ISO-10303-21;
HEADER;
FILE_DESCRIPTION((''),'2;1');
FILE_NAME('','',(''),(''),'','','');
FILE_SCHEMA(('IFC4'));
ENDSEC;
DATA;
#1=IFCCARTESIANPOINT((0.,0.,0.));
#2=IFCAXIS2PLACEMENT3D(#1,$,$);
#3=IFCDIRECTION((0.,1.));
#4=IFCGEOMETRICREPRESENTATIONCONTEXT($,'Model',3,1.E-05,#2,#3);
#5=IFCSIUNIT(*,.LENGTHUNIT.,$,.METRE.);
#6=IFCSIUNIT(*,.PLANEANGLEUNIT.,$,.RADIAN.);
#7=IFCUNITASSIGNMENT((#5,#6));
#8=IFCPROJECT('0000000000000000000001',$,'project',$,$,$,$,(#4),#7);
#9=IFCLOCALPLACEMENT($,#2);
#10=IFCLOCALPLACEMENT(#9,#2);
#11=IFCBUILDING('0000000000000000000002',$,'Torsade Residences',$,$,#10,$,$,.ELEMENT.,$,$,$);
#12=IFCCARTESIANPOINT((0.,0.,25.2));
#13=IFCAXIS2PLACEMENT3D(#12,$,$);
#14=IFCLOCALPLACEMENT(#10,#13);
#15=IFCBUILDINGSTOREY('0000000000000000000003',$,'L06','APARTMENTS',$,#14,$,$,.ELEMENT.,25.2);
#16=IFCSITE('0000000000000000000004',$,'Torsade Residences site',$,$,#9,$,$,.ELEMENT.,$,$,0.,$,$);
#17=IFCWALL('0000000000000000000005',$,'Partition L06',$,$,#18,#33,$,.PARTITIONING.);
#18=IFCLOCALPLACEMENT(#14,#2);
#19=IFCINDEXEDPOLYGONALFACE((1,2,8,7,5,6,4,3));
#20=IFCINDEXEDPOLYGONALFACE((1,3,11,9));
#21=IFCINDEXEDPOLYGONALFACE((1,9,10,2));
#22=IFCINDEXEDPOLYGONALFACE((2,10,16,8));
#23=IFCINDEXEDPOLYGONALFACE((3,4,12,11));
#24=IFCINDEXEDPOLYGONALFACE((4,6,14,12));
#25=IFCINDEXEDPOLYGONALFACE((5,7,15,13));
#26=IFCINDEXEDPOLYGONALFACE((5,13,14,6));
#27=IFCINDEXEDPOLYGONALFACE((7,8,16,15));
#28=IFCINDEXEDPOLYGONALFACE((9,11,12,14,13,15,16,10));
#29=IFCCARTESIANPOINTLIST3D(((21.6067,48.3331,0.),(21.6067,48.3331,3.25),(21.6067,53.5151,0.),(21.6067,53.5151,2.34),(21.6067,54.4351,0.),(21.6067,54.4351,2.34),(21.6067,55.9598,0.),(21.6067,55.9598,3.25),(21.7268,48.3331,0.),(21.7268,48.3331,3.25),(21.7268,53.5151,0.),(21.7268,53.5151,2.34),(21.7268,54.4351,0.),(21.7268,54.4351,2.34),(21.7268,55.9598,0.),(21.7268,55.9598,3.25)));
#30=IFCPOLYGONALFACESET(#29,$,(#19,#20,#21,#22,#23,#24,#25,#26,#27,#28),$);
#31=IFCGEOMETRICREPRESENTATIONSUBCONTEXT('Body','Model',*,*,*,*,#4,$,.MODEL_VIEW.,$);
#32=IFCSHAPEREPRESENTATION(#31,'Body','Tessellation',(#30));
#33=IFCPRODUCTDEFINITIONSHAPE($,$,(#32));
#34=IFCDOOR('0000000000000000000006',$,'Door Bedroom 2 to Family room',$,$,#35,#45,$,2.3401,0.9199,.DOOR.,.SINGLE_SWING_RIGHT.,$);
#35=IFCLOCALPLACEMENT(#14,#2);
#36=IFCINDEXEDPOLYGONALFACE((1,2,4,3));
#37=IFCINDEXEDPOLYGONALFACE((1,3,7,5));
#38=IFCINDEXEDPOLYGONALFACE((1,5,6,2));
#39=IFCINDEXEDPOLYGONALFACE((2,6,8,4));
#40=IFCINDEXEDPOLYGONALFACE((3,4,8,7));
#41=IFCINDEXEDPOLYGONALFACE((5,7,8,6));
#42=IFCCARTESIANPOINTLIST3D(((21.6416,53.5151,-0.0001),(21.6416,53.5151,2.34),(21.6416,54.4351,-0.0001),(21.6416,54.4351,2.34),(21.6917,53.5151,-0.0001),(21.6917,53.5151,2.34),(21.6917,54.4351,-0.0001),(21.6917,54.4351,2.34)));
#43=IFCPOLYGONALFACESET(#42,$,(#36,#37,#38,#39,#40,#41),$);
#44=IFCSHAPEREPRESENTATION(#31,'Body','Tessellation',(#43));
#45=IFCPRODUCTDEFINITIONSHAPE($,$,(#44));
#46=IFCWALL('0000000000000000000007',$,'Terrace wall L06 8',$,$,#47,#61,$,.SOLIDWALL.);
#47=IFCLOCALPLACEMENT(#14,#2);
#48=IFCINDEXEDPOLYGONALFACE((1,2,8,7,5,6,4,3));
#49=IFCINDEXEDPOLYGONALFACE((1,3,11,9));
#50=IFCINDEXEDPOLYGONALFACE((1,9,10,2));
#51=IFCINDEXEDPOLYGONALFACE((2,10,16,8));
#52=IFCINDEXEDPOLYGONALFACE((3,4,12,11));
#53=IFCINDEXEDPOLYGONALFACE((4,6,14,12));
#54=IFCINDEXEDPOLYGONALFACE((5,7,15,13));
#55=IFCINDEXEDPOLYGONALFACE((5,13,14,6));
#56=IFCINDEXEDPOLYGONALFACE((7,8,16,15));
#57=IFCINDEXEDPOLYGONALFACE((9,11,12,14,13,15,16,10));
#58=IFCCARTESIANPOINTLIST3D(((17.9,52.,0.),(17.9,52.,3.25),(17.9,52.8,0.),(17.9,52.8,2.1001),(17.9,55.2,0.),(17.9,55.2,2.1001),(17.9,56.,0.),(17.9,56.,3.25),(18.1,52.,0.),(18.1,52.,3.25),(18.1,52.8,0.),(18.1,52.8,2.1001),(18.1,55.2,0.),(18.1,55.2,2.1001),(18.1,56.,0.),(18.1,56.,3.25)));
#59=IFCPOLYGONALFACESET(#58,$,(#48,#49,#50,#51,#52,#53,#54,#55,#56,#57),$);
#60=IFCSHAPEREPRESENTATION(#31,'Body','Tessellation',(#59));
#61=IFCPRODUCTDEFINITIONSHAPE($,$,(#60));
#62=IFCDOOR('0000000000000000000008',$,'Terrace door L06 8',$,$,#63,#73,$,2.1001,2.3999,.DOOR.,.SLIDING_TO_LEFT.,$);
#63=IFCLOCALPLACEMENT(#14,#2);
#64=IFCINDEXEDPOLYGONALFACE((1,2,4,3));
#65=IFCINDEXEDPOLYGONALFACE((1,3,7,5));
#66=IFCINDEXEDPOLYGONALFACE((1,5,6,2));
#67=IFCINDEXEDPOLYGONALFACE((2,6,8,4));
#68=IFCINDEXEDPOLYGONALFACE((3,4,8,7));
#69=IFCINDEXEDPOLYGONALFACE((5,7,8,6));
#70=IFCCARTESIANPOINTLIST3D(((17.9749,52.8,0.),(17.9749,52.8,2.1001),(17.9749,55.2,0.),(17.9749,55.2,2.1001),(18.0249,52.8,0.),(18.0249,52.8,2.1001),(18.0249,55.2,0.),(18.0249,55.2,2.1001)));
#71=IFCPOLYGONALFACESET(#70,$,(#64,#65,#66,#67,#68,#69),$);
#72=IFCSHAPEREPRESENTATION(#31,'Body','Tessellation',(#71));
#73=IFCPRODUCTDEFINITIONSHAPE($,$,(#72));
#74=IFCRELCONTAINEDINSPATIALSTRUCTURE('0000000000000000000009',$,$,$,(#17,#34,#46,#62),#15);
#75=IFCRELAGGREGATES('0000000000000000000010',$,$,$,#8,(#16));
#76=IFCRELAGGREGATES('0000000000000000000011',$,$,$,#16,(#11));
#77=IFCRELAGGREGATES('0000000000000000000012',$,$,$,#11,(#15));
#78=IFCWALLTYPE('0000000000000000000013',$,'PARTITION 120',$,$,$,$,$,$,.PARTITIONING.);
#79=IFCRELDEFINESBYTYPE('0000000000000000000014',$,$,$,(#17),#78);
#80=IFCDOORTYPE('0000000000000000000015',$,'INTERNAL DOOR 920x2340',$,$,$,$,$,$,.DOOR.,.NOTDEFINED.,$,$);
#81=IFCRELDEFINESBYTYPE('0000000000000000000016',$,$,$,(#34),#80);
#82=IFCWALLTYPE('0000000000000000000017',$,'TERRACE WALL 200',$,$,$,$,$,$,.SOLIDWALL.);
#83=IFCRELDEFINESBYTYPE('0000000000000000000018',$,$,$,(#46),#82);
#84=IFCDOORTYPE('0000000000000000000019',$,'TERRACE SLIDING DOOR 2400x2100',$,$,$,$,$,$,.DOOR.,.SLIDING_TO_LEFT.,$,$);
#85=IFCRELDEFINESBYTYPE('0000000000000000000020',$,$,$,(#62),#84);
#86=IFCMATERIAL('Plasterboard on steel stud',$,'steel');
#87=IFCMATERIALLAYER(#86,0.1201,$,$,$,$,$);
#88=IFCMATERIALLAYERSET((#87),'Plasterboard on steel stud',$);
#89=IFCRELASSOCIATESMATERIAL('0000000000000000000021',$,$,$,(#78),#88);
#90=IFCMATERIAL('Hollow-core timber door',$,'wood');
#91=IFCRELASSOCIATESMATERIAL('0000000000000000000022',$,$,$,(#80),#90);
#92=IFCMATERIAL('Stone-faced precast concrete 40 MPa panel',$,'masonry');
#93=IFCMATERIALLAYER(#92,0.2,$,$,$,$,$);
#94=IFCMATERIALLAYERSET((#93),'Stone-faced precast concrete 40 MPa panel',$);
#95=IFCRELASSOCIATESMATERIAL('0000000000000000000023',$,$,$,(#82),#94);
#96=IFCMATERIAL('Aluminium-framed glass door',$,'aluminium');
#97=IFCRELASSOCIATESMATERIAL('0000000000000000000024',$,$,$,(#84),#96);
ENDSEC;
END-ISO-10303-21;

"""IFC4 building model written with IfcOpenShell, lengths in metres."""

from ifc_helpers import new_model, si_unit, direction, frame, frame_2d, origin, place, context, subcontext, project, spatial, rectangle, extrude, material, layer, layer_set, type_object, element, fill, save


model = new_model("IFC4")

# Units and contexts
model_context = context("Model", 3, precision=1e-05, world=origin(), true_north=direction((0.0, 1.0)))
body_context = subcontext(model_context, "Body", "Model", "MODEL_VIEW")
ifc_project = project(units=[si_unit("LENGTHUNIT", "METRE"), si_unit("PLANEANGLEUNIT", "RADIAN")], contexts=[model_context])

# Site, building, storey
site_placement = place(None, origin())
site = spatial("IfcSite", under=ifc_project, at=site_placement, Name="Torsade Residences site", CompositionType="ELEMENT", RefElevation=0.0)
building_placement = place(site_placement, origin())
building = spatial("IfcBuilding", under=site, at=building_placement, Name="Torsade Residences", CompositionType="ELEMENT")
storey_placement = place(building_placement, frame((0.0, 0.0, 25.2)))
storey = spatial("IfcBuildingStorey", under=building, at=storey_placement, Name="L06", Description="APARTMENTS", CompositionType="ELEMENT", Elevation=25.2)

# Walls, openings, doors
ifc_material_1 = material(Name="Plasterboard on steel stud", Category="steel")
ifc_layer_1 = layer(ifc_material_1, 0.1201)
ifc_layer_set_1 = layer_set([ifc_layer_1], Name="Plasterboard on steel stud")
wall_type_1 = type_object("IfcWallType", Name="PARTITION 120", PredefinedType="PARTITIONING", material=ifc_layer_set_1)
wall_1_placement = place(storey_placement, frame((21.6667, 55.96, 0.0), z_axis=(0.0, 0.0, 1.0), x_axis=(0.0, -1.0, 0.0)))
wall_1 = element("IfcWall", 1, at=wall_1_placement, inside=storey, type_object=wall_type_1, Name="Partition L06", PredefinedType="PARTITIONING", context=body_context, shape_type="SweptSolid", body=[
    extrude(rectangle(XDim=7.6267, YDim=0.1201, at=frame_2d((3.8135, 0.0))), origin(), (0.0, 0.0, 1.0), 3.25),
])
opening_1_placement = place(wall_1_placement, frame((1.5249, 0.0, 0.0)))
opening_1 = element("IfcOpeningElement", 2, at=opening_1_placement, cuts=wall_1, PredefinedType="OPENING", context=body_context, shape_type="SweptSolid", body=[
    extrude(rectangle(XDim=0.9199, YDim=2.3401, at=frame_2d((0.46, 1.1699))), frame((0.0, 0.0701, 0.0), z_axis=(0.0, -1.0, 0.0), x_axis=(1.0, 0.0, 0.0)), (0.0, 0.0, 1.0), 0.1401),
])
ifc_material_2 = material(Name="Hollow-core timber door", Category="wood")
door_type_1 = type_object("IfcDoorType", Name="INTERNAL DOOR 920x2340", OperationType="NOTDEFINED", PredefinedType="DOOR", material=ifc_material_2)
door_1_placement = place(opening_1_placement, origin())
door_1 = element("IfcDoor", 3, at=door_1_placement, inside=storey, type_object=door_type_1, Name="Door Bedroom 2 to Family room", OperationType="SINGLE_SWING_RIGHT", OverallHeight=2.3401, OverallWidth=0.9199, PredefinedType="DOOR", context=body_context, shape_type="SweptSolid", body=[
    extrude(rectangle(XDim=0.9199, YDim=2.3401, at=frame_2d((0.46, 1.1699))), frame((0.0, 0.0249, 0.0), z_axis=(0.0, -1.0, 0.0), x_axis=(1.0, 0.0, 0.0)), (0.0, 0.0, 1.0), 0.05),
])
fill(opening_1, door_1)
ifc_material_3 = material(Name="Stone-faced precast concrete 40 MPa panel", Category="masonry")
ifc_layer_2 = layer(ifc_material_3, 0.2)
ifc_layer_set_2 = layer_set([ifc_layer_2], Name="Stone-faced precast concrete 40 MPa panel")
wall_type_2 = type_object("IfcWallType", Name="TERRACE WALL 200", PredefinedType="SOLIDWALL", material=ifc_layer_set_2)
wall_2_placement = place(storey_placement, frame((18.0, 56.0, 0.0), z_axis=(0.0, 0.0, 1.0), x_axis=(0.0, -1.0, 0.0)))
wall_2 = element("IfcWall", 4, at=wall_2_placement, inside=storey, type_object=wall_type_2, Name="Terrace wall L06 8", PredefinedType="SOLIDWALL", context=body_context, shape_type="SweptSolid", body=[
    extrude(rectangle(XDim=4.0, YDim=0.2, at=frame_2d((2.0, 0.0))), origin(), (0.0, 0.0, 1.0), 3.25),
])
opening_2_placement = place(wall_2_placement, frame((0.8, 0.0, 0.0)))
opening_2 = element("IfcOpeningElement", 5, at=opening_2_placement, cuts=wall_2, PredefinedType="OPENING", context=body_context, shape_type="SweptSolid", body=[
    extrude(rectangle(XDim=2.3999, YDim=2.1001, at=frame_2d((1.2, 1.05))), frame((0.0, 0.1099, 0.0), z_axis=(0.0, -1.0, 0.0), x_axis=(1.0, 0.0, 0.0)), (0.0, 0.0, 1.0), 0.22),
])
ifc_material_4 = material(Name="Aluminium-framed glass door", Category="aluminium")
door_type_2 = type_object("IfcDoorType", Name="TERRACE SLIDING DOOR 2400x2100", OperationType="SLIDING_TO_LEFT", PredefinedType="DOOR", material=ifc_material_4)
door_2_placement = place(opening_2_placement, origin())
door_2 = element("IfcDoor", 6, at=door_2_placement, inside=storey, type_object=door_type_2, Name="Terrace door L06 8", OperationType="SLIDING_TO_LEFT", OverallHeight=2.1001, OverallWidth=2.3999, PredefinedType="DOOR", context=body_context, shape_type="SweptSolid", body=[
    extrude(rectangle(XDim=2.3999, YDim=2.1001, at=frame_2d((1.2, 1.05))), frame((0.0, 0.0249, 0.0), z_axis=(0.0, -1.0, 0.0), x_axis=(1.0, 0.0, 0.0)), (0.0, 0.0, 1.0), 0.05),
])
fill(opening_2, door_2)

save(model, "model.ifc")
